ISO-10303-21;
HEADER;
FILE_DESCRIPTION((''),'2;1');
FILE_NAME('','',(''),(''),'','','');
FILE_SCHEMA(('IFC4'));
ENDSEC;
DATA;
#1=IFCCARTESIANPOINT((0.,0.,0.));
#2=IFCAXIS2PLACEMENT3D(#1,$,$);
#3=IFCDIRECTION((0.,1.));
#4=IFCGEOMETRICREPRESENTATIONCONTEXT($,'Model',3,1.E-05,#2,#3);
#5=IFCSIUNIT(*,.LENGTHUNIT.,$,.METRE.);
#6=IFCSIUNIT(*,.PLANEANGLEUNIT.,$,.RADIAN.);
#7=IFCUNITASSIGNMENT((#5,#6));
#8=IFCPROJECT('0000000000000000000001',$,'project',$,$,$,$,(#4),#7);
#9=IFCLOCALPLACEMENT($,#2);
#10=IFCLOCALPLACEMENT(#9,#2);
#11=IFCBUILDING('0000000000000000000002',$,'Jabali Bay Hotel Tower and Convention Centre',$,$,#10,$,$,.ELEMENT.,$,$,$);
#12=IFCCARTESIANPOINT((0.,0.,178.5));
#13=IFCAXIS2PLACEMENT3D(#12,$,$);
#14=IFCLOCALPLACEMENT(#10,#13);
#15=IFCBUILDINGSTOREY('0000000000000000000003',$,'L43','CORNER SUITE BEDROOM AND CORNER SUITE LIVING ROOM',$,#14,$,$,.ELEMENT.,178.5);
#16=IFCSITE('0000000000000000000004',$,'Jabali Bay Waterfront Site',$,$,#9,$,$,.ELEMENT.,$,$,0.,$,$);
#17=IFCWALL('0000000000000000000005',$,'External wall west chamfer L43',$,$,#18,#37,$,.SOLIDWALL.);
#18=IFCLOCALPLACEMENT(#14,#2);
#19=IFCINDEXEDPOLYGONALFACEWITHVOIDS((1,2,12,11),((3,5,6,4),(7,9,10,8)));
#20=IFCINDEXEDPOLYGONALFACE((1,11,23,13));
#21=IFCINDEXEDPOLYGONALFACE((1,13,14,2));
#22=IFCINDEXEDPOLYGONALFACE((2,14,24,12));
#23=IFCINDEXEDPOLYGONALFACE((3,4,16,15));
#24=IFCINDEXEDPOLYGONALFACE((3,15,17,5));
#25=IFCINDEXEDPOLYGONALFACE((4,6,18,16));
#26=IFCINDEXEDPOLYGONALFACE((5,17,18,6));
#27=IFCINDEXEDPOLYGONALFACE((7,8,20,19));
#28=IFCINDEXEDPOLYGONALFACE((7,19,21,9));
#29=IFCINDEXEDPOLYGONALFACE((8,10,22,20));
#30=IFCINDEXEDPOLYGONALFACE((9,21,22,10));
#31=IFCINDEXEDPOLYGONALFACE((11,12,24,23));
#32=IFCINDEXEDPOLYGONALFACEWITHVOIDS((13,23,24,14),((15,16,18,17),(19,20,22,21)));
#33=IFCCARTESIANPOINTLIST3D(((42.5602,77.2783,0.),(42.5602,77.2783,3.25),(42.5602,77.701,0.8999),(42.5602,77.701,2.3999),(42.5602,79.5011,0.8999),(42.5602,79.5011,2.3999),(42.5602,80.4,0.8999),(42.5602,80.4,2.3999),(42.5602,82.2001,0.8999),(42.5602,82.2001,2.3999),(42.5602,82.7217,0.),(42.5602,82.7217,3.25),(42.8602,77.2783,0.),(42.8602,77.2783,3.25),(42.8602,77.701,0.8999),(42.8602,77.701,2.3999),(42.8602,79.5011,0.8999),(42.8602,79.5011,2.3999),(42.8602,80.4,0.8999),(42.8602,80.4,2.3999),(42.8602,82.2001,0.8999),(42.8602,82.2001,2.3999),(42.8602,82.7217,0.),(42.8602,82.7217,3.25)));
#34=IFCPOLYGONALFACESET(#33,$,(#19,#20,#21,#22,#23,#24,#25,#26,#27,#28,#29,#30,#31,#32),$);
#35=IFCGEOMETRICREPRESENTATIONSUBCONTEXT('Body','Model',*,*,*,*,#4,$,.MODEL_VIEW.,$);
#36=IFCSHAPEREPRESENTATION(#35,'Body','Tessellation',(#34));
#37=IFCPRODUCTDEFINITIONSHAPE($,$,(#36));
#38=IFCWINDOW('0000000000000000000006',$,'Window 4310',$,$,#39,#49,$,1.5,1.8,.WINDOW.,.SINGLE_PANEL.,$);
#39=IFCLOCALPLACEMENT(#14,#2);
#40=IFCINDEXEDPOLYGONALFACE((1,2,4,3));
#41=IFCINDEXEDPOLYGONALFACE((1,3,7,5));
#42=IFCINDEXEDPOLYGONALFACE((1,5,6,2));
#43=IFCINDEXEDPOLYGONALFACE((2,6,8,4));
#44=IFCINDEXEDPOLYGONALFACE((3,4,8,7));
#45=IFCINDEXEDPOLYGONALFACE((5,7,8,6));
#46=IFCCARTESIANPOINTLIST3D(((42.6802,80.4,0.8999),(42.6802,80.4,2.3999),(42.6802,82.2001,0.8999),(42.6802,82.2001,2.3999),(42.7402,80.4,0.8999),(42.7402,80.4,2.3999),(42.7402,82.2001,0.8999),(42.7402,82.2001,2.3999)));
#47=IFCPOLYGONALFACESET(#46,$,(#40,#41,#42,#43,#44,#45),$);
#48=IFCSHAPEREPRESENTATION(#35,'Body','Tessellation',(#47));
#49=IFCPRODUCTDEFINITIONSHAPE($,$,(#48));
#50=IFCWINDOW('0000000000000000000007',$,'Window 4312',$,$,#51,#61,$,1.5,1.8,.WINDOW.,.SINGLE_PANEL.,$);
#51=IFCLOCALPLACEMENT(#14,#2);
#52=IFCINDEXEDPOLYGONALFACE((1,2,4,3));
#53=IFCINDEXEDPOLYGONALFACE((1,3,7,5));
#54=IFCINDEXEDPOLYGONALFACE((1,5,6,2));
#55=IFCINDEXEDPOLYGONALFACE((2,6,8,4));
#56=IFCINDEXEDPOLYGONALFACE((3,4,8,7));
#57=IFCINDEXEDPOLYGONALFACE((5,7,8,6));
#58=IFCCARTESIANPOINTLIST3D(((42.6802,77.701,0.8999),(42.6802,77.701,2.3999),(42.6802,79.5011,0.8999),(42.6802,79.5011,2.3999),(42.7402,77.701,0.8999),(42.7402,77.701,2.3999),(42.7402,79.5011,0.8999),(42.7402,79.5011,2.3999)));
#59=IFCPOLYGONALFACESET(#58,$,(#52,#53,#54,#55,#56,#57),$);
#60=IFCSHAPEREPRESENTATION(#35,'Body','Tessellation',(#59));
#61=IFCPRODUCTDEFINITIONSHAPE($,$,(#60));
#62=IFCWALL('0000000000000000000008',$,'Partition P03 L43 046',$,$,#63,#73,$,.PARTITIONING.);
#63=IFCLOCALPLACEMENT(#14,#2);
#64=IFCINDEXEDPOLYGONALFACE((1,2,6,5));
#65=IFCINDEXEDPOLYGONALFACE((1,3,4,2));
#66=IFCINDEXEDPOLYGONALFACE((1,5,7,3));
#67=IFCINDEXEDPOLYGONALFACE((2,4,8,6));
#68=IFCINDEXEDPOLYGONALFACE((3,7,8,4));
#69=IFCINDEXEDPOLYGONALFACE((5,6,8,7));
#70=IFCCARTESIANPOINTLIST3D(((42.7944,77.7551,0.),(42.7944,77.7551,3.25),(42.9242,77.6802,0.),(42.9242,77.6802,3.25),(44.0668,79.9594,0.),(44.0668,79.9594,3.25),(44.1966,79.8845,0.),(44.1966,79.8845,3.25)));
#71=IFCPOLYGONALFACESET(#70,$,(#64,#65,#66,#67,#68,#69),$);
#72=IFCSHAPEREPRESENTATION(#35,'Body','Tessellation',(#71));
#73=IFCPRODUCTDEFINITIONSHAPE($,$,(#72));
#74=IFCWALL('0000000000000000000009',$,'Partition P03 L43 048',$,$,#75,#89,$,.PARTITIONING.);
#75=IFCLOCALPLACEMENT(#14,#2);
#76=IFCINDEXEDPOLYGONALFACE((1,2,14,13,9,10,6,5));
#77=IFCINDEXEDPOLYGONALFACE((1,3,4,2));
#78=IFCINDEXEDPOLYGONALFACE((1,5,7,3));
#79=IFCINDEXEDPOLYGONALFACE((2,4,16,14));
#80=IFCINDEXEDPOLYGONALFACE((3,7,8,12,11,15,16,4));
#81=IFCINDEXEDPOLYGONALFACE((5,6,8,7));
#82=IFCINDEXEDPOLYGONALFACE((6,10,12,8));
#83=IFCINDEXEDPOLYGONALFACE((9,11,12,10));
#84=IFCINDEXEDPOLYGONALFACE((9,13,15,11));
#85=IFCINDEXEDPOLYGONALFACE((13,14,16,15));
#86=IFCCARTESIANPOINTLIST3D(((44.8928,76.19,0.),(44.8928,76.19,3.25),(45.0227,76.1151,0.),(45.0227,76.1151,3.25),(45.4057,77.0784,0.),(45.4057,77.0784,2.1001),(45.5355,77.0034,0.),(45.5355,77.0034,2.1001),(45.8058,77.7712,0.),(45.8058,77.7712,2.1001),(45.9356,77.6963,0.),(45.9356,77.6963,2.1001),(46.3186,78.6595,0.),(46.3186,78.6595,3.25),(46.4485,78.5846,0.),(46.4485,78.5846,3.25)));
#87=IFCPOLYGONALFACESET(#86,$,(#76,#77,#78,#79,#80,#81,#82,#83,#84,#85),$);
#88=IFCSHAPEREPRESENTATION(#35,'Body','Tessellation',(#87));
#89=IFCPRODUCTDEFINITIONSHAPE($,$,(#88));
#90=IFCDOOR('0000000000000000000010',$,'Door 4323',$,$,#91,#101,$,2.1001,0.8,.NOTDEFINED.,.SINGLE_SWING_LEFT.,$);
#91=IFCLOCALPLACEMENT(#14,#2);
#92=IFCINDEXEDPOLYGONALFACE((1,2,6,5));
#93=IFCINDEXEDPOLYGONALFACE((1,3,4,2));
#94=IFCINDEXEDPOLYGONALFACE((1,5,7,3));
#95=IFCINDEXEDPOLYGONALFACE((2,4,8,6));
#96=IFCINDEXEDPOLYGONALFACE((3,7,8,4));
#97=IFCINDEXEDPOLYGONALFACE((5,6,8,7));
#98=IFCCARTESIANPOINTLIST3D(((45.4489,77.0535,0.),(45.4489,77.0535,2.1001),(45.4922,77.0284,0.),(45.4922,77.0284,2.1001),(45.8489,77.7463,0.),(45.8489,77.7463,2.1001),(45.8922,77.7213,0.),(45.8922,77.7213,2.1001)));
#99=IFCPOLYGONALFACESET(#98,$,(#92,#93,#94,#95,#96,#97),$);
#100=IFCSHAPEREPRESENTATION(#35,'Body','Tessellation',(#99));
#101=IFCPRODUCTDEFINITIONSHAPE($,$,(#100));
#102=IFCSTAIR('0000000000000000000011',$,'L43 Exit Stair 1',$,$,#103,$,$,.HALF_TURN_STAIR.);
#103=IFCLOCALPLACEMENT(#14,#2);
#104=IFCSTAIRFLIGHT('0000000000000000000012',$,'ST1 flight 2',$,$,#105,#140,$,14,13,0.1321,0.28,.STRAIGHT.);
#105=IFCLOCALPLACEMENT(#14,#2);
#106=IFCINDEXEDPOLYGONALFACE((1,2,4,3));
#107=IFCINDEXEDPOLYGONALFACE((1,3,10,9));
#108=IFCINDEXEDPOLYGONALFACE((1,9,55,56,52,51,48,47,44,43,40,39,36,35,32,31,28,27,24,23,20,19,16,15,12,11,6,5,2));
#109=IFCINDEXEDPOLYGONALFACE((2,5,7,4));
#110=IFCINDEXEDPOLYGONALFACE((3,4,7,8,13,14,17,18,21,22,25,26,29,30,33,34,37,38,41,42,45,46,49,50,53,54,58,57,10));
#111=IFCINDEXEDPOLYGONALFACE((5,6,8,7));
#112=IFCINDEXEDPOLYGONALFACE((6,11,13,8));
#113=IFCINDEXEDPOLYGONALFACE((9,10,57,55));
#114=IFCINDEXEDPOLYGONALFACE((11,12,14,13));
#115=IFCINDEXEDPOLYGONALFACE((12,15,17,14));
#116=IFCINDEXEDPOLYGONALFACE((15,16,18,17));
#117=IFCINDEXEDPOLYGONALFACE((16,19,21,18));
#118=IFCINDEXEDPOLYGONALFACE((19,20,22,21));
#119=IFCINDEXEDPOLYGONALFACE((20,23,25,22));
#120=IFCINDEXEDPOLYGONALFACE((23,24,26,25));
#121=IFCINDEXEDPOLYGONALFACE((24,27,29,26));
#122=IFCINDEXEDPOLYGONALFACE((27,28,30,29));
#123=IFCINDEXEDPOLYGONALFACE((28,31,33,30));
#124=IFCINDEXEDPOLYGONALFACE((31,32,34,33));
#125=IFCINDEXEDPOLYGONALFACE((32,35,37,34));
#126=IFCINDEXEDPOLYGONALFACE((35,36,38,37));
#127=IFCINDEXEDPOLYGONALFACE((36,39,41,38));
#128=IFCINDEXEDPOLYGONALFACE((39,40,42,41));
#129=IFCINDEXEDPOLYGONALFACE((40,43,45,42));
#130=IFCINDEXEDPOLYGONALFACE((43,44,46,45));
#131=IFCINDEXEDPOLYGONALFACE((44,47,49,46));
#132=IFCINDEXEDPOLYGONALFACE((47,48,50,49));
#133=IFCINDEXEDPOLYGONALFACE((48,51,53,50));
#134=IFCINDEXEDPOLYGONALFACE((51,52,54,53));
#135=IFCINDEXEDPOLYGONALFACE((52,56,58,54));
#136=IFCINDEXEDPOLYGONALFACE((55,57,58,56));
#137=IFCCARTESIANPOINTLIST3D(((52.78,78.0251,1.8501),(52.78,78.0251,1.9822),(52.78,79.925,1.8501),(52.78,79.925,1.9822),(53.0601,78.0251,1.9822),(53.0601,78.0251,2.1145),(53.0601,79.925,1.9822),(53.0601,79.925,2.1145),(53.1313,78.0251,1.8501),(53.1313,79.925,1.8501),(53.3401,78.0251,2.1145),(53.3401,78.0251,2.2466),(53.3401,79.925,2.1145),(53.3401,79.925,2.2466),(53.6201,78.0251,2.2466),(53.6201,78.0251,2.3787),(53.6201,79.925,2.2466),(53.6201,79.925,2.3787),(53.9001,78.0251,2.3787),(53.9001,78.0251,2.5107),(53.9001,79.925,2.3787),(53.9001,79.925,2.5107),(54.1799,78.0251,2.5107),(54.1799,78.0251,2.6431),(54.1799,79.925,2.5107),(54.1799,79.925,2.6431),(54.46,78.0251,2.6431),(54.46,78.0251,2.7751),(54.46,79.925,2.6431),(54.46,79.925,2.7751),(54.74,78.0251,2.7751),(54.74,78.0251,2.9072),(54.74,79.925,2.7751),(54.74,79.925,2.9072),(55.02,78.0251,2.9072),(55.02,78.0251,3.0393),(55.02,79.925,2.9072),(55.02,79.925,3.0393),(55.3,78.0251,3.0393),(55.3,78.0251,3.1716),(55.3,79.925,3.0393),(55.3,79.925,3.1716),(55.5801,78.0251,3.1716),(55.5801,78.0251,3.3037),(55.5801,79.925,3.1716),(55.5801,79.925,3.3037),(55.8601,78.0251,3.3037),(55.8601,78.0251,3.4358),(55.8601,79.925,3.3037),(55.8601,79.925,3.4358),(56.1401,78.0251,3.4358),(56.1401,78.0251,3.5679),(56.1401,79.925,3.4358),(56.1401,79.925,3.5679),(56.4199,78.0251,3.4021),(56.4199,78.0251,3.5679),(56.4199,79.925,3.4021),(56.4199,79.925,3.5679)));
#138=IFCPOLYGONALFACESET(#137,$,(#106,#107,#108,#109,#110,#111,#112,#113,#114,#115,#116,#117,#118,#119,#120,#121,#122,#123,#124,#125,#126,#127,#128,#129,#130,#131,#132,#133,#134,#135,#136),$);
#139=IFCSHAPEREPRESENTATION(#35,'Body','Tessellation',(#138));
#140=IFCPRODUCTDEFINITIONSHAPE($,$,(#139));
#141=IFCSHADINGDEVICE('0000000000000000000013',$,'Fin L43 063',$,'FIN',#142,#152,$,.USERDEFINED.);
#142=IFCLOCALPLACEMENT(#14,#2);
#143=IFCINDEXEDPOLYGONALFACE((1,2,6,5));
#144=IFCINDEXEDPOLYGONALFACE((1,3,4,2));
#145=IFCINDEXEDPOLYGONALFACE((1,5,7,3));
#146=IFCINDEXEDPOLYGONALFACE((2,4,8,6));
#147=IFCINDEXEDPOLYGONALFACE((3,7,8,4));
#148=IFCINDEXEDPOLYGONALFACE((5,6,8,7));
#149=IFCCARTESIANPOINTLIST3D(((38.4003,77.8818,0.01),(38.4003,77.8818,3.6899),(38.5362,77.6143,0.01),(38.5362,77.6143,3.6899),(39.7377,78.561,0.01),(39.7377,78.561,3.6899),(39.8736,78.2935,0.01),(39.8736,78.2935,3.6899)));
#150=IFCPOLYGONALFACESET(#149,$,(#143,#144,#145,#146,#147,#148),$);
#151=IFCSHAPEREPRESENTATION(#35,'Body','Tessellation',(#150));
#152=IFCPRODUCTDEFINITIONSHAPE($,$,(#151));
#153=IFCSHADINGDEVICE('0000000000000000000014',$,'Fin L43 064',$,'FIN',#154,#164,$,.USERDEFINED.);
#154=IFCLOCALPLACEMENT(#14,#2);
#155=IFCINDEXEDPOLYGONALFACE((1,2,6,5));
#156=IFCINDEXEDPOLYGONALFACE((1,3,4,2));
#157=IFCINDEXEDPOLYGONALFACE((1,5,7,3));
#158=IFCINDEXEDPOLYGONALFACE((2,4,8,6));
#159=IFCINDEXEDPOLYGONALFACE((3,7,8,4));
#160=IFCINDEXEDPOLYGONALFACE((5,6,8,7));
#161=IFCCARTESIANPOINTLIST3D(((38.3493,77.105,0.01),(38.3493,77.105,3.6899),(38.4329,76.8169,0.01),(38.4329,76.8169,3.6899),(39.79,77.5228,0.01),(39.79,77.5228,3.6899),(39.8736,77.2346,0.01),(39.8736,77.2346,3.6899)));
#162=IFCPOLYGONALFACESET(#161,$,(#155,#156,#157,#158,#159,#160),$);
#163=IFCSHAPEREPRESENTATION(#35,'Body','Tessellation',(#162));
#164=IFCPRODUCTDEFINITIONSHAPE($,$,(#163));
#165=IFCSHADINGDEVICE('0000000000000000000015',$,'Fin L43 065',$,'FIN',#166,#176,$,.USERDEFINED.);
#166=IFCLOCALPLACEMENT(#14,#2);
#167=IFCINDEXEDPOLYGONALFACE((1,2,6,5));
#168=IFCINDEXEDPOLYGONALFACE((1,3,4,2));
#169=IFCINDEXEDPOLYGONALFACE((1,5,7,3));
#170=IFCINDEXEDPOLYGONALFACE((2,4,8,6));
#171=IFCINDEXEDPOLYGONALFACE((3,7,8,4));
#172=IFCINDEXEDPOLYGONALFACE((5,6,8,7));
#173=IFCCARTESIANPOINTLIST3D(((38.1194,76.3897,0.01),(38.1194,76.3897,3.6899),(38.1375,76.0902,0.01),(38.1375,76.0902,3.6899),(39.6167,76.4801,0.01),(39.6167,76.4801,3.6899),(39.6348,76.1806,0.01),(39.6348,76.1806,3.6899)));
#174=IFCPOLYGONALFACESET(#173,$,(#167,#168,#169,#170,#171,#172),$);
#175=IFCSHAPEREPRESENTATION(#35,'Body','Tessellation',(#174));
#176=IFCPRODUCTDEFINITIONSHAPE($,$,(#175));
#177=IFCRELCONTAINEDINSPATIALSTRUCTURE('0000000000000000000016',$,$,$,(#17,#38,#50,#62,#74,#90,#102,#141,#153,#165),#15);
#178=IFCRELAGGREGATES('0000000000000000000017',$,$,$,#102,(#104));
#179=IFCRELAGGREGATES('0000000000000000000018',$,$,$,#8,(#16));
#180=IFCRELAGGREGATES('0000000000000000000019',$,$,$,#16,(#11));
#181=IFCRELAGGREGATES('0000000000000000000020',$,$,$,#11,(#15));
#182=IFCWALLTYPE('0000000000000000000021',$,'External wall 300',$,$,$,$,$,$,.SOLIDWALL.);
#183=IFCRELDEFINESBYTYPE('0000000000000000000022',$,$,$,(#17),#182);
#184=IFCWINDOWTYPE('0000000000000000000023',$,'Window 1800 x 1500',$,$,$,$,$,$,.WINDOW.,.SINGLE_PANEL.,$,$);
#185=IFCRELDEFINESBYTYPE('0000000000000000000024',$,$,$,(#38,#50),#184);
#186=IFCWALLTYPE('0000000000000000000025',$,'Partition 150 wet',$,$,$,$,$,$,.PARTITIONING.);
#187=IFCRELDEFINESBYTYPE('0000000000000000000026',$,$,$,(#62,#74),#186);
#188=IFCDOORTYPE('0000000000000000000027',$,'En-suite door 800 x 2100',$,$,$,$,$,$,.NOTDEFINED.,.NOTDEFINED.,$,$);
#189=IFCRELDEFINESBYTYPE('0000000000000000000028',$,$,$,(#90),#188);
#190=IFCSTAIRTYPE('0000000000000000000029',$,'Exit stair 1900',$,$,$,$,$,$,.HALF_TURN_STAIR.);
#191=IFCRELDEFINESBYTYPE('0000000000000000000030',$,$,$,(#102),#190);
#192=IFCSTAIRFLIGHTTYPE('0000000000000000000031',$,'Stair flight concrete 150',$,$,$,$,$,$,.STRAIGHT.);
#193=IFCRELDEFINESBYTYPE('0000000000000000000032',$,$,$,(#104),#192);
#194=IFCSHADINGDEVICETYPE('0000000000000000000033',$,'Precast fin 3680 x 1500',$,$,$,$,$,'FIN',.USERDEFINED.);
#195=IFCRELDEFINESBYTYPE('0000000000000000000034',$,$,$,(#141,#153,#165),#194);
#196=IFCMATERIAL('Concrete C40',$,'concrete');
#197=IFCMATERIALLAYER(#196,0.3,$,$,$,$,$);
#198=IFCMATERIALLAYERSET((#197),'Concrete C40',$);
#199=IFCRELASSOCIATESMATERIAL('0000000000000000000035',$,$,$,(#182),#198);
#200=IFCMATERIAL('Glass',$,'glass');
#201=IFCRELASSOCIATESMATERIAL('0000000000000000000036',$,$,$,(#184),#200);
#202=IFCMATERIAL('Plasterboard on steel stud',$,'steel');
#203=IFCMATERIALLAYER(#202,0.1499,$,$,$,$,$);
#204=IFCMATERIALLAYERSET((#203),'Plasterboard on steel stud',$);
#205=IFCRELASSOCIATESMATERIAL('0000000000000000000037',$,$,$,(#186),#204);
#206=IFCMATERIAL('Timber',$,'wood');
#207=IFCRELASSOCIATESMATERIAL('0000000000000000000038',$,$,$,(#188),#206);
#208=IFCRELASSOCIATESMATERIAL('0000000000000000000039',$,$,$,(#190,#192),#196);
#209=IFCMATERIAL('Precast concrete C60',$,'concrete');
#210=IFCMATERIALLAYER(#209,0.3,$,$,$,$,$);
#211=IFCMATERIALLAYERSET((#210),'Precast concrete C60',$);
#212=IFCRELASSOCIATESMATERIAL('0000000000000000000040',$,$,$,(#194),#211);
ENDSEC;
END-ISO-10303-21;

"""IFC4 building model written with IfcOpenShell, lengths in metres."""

from ifc_helpers import new_model, si_unit, direction, frame, frame_2d, origin, place, context, subcontext, project, spatial, polyline, rectangle, outline, extrude, material, layer, layer_set, type_object, element, fill, aggregate, save


model = new_model("IFC4")

# Units and contexts
model_context = context("Model", 3, precision=1e-05, world=origin(), true_north=direction((0.0, 1.0)))
body_context = subcontext(model_context, "Body", "Model", "MODEL_VIEW")
ifc_project = project(units=[si_unit("LENGTHUNIT", "METRE"), si_unit("PLANEANGLEUNIT", "RADIAN")], contexts=[model_context])

# Site, building, storey
site_placement = place(None, origin())
site = spatial("IfcSite", under=ifc_project, at=site_placement, Name="Jabali Bay Waterfront Site", CompositionType="ELEMENT", RefElevation=0.0)
building_placement = place(site_placement, origin())
building = spatial("IfcBuilding", under=site, at=building_placement, Name="Jabali Bay Hotel Tower and Convention Centre", CompositionType="ELEMENT")
storey_placement = place(building_placement, frame((0.0, 0.0, 178.5)))
storey = spatial("IfcBuildingStorey", under=building, at=storey_placement, Name="L43", Description="CORNER SUITE BEDROOM AND CORNER SUITE LIVING ROOM", CompositionType="ELEMENT", Elevation=178.5)

# Shared definitions
ifc_material_1 = material(Name="Concrete C40", Category="concrete")

# Wall, openings, windows
ifc_layer_1 = layer(ifc_material_1, 0.3)
ifc_layer_set_1 = layer_set([ifc_layer_1], Name="Concrete C40")
wall_type_1 = type_object("IfcWallType", Name="External wall 300", PredefinedType="SOLIDWALL", material=ifc_layer_set_1)
wall_1_placement = place(storey_placement, frame((42.7102, 77.2783, 0.0), z_axis=(0.0, 0.0, 1.0), x_axis=(0.0, 1.0, 0.0)))
wall_1 = element("IfcWall", 1, at=wall_1_placement, inside=storey, type_object=wall_type_1, Name="External wall west chamfer L43", PredefinedType="SOLIDWALL", context=body_context, shape_type="SweptSolid", body=[
    extrude(rectangle(XDim=5.4434, YDim=0.3, at=frame_2d((2.7217, 0.0))), origin(), (0.0, 0.0, 1.0), 3.25),
])
opening_1_placement = place(wall_1_placement, frame((3.1218, 0.0, 0.8999)))
opening_1 = element("IfcOpeningElement", 2, at=opening_1_placement, cuts=wall_1, PredefinedType="OPENING", context=body_context, shape_type="SweptSolid", body=[
    extrude(rectangle(XDim=1.8, YDim=1.5, at=frame_2d((0.8999, 0.75))), frame((0.0, 0.1606, 0.0), z_axis=(0.0, -1.0, 0.0), x_axis=(1.0, 0.0, 0.0)), (0.0, 0.0, 1.0), 0.321),
])
opening_2_placement = place(wall_1_placement, frame((0.4229, 0.0, 0.8999)))
opening_2 = element("IfcOpeningElement", 3, at=opening_2_placement, cuts=wall_1, PredefinedType="OPENING", context=body_context, shape_type="SweptSolid", body=[
    extrude(rectangle(XDim=1.8, YDim=1.5, at=frame_2d((0.8999, 0.75))), frame((0.0, 0.1606, 0.0), z_axis=(0.0, -1.0, 0.0), x_axis=(1.0, 0.0, 0.0)), (0.0, 0.0, 1.0), 0.321),
])
ifc_material_2 = material(Name="Glass", Category="glass")
window_type = type_object("IfcWindowType", Name="Window 1800 x 1500", PartitioningType="SINGLE_PANEL", PredefinedType="WINDOW", material=ifc_material_2)
window_1_placement = place(opening_1_placement, origin())
window_1 = element("IfcWindow", 4, at=window_1_placement, inside=storey, type_object=window_type, Name="Window 4310", OverallHeight=1.5, OverallWidth=1.8, PartitioningType="SINGLE_PANEL", PredefinedType="WINDOW", context=body_context, shape_type="SweptSolid", body=[
    extrude(rectangle(XDim=1.8, YDim=1.5, at=frame_2d((0.8999, 0.75))), frame((0.0, 0.03, 0.0), z_axis=(0.0, -1.0, 0.0), x_axis=(1.0, 0.0, 0.0)), (0.0, 0.0, 1.0), 0.0601),
])
fill(opening_1, window_1)
window_2_placement = place(opening_2_placement, origin())
window_2 = element("IfcWindow", 5, at=window_2_placement, inside=storey, type_object=window_type, Name="Window 4312", OverallHeight=1.5, OverallWidth=1.8, PartitioningType="SINGLE_PANEL", PredefinedType="WINDOW", context=body_context, shape_type="SweptSolid", body=[
    extrude(rectangle(XDim=1.8, YDim=1.5, at=frame_2d((0.8999, 0.75))), frame((0.0, 0.03, 0.0), z_axis=(0.0, -1.0, 0.0), x_axis=(1.0, 0.0, 0.0)), (0.0, 0.0, 1.0), 0.0601),
])
fill(opening_2, window_2)

# Wall
ifc_material_3 = material(Name="Plasterboard on steel stud", Category="steel")
ifc_layer_2 = layer(ifc_material_3, 0.1499)
ifc_layer_set_2 = layer_set([ifc_layer_2], Name="Plasterboard on steel stud")
wall_type_2 = type_object("IfcWallType", Name="Partition 150 wet", PredefinedType="PARTITIONING", material=ifc_layer_set_2)
wall_2_placement = place(storey_placement, frame((42.8594, 77.7178, 0.0), z_axis=(0.0, 0.0, 1.0), x_axis=(0.499936, 0.866063, 0.0)))
element("IfcWall", 6, at=wall_2_placement, inside=storey, type_object=wall_type_2, Name="Partition P03 L43 046", PredefinedType="PARTITIONING", context=body_context, shape_type="SweptSolid", body=[
    extrude(rectangle(XDim=2.5452, YDim=0.1499, at=frame_2d((1.2725, 0.0))), origin(), (0.0, 0.0, 1.0), 3.25),
])

# Wall, opening, door
wall_3_placement = place(storey_placement, frame((46.3835, 78.6221, 0.0), z_axis=(0.0, 0.0, 1.0), x_axis=(-0.500007, -0.866022, 0.0)))
wall_3 = element("IfcWall", 7, at=wall_3_placement, inside=storey, type_object=wall_type_2, Name="Partition P03 L43 048", PredefinedType="PARTITIONING", context=body_context, shape_type="SweptSolid", body=[
    extrude(rectangle(XDim=2.8516, YDim=0.1499, at=frame_2d((1.4258, 0.0))), origin(), (0.0, 0.0, 1.0), 3.25),
])
opening_3_placement = place(wall_3_placement, frame((1.0259, 0.0, 0.0)))
opening_3 = element("IfcOpeningElement", 8, at=opening_3_placement, cuts=wall_3, PredefinedType="OPENING", context=body_context, shape_type="SweptSolid", body=[
    extrude(rectangle(XDim=0.8, YDim=2.1001, at=frame_2d((0.3999, 1.05))), frame((0.0, 0.0854, 0.0), z_axis=(0.0, -1.0, 0.0), x_axis=(1.0, 0.0, 0.0)), (0.0, 0.0, 1.0), 0.1709),
])
ifc_material_4 = material(Name="Timber", Category="wood")
door_type_1 = type_object("IfcDoorType", Name="En-suite door 800 x 2100", OperationType="NOTDEFINED", PredefinedType="NOTDEFINED", material=ifc_material_4)
door_1_placement = place(opening_3_placement, origin())
door_1 = element("IfcDoor", 9, at=door_1_placement, inside=storey, type_object=door_type_1, Name="Door 4323", OperationType="SINGLE_SWING_LEFT", OverallHeight=2.1001, OverallWidth=0.8, PredefinedType="NOTDEFINED", context=body_context, shape_type="SweptSolid", body=[
    extrude(rectangle(XDim=0.8, YDim=2.1001, at=frame_2d((0.3999, 1.05))), frame((0.0, 0.0249, 0.0), z_axis=(0.0, -1.0, 0.0), x_axis=(1.0, 0.0, 0.0)), (0.0, 0.0, 1.0), 0.05),
])
fill(opening_3, door_1)

# Stair, stair flight
stair_type = type_object("IfcStairType", Name="Exit stair 1900", PredefinedType="HALF_TURN_STAIR", material=ifc_material_1)
stair_placement = place(storey_placement, origin())
stair = element("IfcStair", 10, at=stair_placement, inside=storey, type_object=stair_type, Name="L43 Exit Stair 1", PredefinedType="HALF_TURN_STAIR")
stair_flight_type = type_object("IfcStairFlightType", Name="Stair flight concrete 150", PredefinedType="STRAIGHT", material=ifc_material_1)
stair_flight_placement = place(storey_placement, frame((52.78, 78.9751, 1.8501), z_axis=(0.0, 0.0, 1.0), x_axis=(1.0, 0.0, 0.0)))
stair_flight = element("IfcStairFlight", 11, at=stair_flight_placement, type_object=stair_flight_type, Name="ST1 flight 2", NumberOfRisers=14, NumberOfTreads=13, PredefinedType="STRAIGHT", RiserHeight=0.1321, TreadLength=0.28, context=body_context, shape_type="SweptSolid", body=[
    extrude(outline(polyline([(0.0, 0.0), (0.0, 0.1321), (0.28, 0.1321), (0.28, 0.2644), (0.5601, 0.2644), (0.5601, 0.3965), (0.8401, 0.3965), (0.8401, 0.5286), (1.1201, 0.5286), (1.1201, 0.6606), (1.3999, 0.6606), (1.3999, 0.793), (1.6799, 0.793), (1.6799, 0.925), (1.96, 0.925), (1.96, 1.0571), (2.24, 1.0571), (2.24, 1.1892), (2.52, 1.1892), (2.52, 1.3215), (2.8, 1.3215), (2.8, 1.4536), (3.0801, 1.4536), (3.0801, 1.5857), (3.3601, 1.5857), (3.3601, 1.7178), (3.6399, 1.7178), (3.6399, 1.8501), (3.6399, 1.552), (0.3513, 0.0), (0.0, 0.0)])), frame((0.0, 0.95, 0.0), z_axis=(0.0, -1.0, 0.0), x_axis=(1.0, 0.0, 0.0)), (0.0, 0.0, 1.0), 1.8999),
])
aggregate(stair, [stair_flight])

# Shading devices
ifc_material_5 = material(Name="Precast concrete C60", Category="concrete")
ifc_layer_3 = layer(ifc_material_5, 0.3)
ifc_layer_set_3 = layer_set([ifc_layer_3], Name="Precast concrete C60")
shading_device_type = type_object("IfcShadingDeviceType", Name="Precast fin 3680 x 1500", ElementType="FIN", PredefinedType="USERDEFINED", material=ifc_layer_set_3)
for number, where, z_axis, x_axis, name in (
    (12, (39.8057, 78.4272, 0.01), (0.0, 0.0, 1.0), (-0.89161, -0.452804, 0.0), "Fin L43 063"),
    (13, (39.8318, 77.3787, 0.01), (0.0, 0.0, 1.0), (-0.960442, -0.278481, 0.0), "Fin L43 064"),
    (14, (39.6257, 76.3303, 0.01), (0.0, 0.0, 1.0), (-0.998185, -0.06022, 0.0), "Fin L43 065"),
):
    element("IfcShadingDevice", number, at=place(storey_placement, frame(where, z_axis=z_axis, x_axis=x_axis)), inside=storey, type_object=shading_device_type, Name=name, ObjectType="FIN", PredefinedType="USERDEFINED", context=body_context, shape_type="SweptSolid", body=[
        extrude(rectangle(XDim=1.5, YDim=0.3, at=frame_2d((0.75, 0.0))), origin(), (0.0, 0.0, 1.0), 3.6799),
    ])

save(model, "model.ifc")
